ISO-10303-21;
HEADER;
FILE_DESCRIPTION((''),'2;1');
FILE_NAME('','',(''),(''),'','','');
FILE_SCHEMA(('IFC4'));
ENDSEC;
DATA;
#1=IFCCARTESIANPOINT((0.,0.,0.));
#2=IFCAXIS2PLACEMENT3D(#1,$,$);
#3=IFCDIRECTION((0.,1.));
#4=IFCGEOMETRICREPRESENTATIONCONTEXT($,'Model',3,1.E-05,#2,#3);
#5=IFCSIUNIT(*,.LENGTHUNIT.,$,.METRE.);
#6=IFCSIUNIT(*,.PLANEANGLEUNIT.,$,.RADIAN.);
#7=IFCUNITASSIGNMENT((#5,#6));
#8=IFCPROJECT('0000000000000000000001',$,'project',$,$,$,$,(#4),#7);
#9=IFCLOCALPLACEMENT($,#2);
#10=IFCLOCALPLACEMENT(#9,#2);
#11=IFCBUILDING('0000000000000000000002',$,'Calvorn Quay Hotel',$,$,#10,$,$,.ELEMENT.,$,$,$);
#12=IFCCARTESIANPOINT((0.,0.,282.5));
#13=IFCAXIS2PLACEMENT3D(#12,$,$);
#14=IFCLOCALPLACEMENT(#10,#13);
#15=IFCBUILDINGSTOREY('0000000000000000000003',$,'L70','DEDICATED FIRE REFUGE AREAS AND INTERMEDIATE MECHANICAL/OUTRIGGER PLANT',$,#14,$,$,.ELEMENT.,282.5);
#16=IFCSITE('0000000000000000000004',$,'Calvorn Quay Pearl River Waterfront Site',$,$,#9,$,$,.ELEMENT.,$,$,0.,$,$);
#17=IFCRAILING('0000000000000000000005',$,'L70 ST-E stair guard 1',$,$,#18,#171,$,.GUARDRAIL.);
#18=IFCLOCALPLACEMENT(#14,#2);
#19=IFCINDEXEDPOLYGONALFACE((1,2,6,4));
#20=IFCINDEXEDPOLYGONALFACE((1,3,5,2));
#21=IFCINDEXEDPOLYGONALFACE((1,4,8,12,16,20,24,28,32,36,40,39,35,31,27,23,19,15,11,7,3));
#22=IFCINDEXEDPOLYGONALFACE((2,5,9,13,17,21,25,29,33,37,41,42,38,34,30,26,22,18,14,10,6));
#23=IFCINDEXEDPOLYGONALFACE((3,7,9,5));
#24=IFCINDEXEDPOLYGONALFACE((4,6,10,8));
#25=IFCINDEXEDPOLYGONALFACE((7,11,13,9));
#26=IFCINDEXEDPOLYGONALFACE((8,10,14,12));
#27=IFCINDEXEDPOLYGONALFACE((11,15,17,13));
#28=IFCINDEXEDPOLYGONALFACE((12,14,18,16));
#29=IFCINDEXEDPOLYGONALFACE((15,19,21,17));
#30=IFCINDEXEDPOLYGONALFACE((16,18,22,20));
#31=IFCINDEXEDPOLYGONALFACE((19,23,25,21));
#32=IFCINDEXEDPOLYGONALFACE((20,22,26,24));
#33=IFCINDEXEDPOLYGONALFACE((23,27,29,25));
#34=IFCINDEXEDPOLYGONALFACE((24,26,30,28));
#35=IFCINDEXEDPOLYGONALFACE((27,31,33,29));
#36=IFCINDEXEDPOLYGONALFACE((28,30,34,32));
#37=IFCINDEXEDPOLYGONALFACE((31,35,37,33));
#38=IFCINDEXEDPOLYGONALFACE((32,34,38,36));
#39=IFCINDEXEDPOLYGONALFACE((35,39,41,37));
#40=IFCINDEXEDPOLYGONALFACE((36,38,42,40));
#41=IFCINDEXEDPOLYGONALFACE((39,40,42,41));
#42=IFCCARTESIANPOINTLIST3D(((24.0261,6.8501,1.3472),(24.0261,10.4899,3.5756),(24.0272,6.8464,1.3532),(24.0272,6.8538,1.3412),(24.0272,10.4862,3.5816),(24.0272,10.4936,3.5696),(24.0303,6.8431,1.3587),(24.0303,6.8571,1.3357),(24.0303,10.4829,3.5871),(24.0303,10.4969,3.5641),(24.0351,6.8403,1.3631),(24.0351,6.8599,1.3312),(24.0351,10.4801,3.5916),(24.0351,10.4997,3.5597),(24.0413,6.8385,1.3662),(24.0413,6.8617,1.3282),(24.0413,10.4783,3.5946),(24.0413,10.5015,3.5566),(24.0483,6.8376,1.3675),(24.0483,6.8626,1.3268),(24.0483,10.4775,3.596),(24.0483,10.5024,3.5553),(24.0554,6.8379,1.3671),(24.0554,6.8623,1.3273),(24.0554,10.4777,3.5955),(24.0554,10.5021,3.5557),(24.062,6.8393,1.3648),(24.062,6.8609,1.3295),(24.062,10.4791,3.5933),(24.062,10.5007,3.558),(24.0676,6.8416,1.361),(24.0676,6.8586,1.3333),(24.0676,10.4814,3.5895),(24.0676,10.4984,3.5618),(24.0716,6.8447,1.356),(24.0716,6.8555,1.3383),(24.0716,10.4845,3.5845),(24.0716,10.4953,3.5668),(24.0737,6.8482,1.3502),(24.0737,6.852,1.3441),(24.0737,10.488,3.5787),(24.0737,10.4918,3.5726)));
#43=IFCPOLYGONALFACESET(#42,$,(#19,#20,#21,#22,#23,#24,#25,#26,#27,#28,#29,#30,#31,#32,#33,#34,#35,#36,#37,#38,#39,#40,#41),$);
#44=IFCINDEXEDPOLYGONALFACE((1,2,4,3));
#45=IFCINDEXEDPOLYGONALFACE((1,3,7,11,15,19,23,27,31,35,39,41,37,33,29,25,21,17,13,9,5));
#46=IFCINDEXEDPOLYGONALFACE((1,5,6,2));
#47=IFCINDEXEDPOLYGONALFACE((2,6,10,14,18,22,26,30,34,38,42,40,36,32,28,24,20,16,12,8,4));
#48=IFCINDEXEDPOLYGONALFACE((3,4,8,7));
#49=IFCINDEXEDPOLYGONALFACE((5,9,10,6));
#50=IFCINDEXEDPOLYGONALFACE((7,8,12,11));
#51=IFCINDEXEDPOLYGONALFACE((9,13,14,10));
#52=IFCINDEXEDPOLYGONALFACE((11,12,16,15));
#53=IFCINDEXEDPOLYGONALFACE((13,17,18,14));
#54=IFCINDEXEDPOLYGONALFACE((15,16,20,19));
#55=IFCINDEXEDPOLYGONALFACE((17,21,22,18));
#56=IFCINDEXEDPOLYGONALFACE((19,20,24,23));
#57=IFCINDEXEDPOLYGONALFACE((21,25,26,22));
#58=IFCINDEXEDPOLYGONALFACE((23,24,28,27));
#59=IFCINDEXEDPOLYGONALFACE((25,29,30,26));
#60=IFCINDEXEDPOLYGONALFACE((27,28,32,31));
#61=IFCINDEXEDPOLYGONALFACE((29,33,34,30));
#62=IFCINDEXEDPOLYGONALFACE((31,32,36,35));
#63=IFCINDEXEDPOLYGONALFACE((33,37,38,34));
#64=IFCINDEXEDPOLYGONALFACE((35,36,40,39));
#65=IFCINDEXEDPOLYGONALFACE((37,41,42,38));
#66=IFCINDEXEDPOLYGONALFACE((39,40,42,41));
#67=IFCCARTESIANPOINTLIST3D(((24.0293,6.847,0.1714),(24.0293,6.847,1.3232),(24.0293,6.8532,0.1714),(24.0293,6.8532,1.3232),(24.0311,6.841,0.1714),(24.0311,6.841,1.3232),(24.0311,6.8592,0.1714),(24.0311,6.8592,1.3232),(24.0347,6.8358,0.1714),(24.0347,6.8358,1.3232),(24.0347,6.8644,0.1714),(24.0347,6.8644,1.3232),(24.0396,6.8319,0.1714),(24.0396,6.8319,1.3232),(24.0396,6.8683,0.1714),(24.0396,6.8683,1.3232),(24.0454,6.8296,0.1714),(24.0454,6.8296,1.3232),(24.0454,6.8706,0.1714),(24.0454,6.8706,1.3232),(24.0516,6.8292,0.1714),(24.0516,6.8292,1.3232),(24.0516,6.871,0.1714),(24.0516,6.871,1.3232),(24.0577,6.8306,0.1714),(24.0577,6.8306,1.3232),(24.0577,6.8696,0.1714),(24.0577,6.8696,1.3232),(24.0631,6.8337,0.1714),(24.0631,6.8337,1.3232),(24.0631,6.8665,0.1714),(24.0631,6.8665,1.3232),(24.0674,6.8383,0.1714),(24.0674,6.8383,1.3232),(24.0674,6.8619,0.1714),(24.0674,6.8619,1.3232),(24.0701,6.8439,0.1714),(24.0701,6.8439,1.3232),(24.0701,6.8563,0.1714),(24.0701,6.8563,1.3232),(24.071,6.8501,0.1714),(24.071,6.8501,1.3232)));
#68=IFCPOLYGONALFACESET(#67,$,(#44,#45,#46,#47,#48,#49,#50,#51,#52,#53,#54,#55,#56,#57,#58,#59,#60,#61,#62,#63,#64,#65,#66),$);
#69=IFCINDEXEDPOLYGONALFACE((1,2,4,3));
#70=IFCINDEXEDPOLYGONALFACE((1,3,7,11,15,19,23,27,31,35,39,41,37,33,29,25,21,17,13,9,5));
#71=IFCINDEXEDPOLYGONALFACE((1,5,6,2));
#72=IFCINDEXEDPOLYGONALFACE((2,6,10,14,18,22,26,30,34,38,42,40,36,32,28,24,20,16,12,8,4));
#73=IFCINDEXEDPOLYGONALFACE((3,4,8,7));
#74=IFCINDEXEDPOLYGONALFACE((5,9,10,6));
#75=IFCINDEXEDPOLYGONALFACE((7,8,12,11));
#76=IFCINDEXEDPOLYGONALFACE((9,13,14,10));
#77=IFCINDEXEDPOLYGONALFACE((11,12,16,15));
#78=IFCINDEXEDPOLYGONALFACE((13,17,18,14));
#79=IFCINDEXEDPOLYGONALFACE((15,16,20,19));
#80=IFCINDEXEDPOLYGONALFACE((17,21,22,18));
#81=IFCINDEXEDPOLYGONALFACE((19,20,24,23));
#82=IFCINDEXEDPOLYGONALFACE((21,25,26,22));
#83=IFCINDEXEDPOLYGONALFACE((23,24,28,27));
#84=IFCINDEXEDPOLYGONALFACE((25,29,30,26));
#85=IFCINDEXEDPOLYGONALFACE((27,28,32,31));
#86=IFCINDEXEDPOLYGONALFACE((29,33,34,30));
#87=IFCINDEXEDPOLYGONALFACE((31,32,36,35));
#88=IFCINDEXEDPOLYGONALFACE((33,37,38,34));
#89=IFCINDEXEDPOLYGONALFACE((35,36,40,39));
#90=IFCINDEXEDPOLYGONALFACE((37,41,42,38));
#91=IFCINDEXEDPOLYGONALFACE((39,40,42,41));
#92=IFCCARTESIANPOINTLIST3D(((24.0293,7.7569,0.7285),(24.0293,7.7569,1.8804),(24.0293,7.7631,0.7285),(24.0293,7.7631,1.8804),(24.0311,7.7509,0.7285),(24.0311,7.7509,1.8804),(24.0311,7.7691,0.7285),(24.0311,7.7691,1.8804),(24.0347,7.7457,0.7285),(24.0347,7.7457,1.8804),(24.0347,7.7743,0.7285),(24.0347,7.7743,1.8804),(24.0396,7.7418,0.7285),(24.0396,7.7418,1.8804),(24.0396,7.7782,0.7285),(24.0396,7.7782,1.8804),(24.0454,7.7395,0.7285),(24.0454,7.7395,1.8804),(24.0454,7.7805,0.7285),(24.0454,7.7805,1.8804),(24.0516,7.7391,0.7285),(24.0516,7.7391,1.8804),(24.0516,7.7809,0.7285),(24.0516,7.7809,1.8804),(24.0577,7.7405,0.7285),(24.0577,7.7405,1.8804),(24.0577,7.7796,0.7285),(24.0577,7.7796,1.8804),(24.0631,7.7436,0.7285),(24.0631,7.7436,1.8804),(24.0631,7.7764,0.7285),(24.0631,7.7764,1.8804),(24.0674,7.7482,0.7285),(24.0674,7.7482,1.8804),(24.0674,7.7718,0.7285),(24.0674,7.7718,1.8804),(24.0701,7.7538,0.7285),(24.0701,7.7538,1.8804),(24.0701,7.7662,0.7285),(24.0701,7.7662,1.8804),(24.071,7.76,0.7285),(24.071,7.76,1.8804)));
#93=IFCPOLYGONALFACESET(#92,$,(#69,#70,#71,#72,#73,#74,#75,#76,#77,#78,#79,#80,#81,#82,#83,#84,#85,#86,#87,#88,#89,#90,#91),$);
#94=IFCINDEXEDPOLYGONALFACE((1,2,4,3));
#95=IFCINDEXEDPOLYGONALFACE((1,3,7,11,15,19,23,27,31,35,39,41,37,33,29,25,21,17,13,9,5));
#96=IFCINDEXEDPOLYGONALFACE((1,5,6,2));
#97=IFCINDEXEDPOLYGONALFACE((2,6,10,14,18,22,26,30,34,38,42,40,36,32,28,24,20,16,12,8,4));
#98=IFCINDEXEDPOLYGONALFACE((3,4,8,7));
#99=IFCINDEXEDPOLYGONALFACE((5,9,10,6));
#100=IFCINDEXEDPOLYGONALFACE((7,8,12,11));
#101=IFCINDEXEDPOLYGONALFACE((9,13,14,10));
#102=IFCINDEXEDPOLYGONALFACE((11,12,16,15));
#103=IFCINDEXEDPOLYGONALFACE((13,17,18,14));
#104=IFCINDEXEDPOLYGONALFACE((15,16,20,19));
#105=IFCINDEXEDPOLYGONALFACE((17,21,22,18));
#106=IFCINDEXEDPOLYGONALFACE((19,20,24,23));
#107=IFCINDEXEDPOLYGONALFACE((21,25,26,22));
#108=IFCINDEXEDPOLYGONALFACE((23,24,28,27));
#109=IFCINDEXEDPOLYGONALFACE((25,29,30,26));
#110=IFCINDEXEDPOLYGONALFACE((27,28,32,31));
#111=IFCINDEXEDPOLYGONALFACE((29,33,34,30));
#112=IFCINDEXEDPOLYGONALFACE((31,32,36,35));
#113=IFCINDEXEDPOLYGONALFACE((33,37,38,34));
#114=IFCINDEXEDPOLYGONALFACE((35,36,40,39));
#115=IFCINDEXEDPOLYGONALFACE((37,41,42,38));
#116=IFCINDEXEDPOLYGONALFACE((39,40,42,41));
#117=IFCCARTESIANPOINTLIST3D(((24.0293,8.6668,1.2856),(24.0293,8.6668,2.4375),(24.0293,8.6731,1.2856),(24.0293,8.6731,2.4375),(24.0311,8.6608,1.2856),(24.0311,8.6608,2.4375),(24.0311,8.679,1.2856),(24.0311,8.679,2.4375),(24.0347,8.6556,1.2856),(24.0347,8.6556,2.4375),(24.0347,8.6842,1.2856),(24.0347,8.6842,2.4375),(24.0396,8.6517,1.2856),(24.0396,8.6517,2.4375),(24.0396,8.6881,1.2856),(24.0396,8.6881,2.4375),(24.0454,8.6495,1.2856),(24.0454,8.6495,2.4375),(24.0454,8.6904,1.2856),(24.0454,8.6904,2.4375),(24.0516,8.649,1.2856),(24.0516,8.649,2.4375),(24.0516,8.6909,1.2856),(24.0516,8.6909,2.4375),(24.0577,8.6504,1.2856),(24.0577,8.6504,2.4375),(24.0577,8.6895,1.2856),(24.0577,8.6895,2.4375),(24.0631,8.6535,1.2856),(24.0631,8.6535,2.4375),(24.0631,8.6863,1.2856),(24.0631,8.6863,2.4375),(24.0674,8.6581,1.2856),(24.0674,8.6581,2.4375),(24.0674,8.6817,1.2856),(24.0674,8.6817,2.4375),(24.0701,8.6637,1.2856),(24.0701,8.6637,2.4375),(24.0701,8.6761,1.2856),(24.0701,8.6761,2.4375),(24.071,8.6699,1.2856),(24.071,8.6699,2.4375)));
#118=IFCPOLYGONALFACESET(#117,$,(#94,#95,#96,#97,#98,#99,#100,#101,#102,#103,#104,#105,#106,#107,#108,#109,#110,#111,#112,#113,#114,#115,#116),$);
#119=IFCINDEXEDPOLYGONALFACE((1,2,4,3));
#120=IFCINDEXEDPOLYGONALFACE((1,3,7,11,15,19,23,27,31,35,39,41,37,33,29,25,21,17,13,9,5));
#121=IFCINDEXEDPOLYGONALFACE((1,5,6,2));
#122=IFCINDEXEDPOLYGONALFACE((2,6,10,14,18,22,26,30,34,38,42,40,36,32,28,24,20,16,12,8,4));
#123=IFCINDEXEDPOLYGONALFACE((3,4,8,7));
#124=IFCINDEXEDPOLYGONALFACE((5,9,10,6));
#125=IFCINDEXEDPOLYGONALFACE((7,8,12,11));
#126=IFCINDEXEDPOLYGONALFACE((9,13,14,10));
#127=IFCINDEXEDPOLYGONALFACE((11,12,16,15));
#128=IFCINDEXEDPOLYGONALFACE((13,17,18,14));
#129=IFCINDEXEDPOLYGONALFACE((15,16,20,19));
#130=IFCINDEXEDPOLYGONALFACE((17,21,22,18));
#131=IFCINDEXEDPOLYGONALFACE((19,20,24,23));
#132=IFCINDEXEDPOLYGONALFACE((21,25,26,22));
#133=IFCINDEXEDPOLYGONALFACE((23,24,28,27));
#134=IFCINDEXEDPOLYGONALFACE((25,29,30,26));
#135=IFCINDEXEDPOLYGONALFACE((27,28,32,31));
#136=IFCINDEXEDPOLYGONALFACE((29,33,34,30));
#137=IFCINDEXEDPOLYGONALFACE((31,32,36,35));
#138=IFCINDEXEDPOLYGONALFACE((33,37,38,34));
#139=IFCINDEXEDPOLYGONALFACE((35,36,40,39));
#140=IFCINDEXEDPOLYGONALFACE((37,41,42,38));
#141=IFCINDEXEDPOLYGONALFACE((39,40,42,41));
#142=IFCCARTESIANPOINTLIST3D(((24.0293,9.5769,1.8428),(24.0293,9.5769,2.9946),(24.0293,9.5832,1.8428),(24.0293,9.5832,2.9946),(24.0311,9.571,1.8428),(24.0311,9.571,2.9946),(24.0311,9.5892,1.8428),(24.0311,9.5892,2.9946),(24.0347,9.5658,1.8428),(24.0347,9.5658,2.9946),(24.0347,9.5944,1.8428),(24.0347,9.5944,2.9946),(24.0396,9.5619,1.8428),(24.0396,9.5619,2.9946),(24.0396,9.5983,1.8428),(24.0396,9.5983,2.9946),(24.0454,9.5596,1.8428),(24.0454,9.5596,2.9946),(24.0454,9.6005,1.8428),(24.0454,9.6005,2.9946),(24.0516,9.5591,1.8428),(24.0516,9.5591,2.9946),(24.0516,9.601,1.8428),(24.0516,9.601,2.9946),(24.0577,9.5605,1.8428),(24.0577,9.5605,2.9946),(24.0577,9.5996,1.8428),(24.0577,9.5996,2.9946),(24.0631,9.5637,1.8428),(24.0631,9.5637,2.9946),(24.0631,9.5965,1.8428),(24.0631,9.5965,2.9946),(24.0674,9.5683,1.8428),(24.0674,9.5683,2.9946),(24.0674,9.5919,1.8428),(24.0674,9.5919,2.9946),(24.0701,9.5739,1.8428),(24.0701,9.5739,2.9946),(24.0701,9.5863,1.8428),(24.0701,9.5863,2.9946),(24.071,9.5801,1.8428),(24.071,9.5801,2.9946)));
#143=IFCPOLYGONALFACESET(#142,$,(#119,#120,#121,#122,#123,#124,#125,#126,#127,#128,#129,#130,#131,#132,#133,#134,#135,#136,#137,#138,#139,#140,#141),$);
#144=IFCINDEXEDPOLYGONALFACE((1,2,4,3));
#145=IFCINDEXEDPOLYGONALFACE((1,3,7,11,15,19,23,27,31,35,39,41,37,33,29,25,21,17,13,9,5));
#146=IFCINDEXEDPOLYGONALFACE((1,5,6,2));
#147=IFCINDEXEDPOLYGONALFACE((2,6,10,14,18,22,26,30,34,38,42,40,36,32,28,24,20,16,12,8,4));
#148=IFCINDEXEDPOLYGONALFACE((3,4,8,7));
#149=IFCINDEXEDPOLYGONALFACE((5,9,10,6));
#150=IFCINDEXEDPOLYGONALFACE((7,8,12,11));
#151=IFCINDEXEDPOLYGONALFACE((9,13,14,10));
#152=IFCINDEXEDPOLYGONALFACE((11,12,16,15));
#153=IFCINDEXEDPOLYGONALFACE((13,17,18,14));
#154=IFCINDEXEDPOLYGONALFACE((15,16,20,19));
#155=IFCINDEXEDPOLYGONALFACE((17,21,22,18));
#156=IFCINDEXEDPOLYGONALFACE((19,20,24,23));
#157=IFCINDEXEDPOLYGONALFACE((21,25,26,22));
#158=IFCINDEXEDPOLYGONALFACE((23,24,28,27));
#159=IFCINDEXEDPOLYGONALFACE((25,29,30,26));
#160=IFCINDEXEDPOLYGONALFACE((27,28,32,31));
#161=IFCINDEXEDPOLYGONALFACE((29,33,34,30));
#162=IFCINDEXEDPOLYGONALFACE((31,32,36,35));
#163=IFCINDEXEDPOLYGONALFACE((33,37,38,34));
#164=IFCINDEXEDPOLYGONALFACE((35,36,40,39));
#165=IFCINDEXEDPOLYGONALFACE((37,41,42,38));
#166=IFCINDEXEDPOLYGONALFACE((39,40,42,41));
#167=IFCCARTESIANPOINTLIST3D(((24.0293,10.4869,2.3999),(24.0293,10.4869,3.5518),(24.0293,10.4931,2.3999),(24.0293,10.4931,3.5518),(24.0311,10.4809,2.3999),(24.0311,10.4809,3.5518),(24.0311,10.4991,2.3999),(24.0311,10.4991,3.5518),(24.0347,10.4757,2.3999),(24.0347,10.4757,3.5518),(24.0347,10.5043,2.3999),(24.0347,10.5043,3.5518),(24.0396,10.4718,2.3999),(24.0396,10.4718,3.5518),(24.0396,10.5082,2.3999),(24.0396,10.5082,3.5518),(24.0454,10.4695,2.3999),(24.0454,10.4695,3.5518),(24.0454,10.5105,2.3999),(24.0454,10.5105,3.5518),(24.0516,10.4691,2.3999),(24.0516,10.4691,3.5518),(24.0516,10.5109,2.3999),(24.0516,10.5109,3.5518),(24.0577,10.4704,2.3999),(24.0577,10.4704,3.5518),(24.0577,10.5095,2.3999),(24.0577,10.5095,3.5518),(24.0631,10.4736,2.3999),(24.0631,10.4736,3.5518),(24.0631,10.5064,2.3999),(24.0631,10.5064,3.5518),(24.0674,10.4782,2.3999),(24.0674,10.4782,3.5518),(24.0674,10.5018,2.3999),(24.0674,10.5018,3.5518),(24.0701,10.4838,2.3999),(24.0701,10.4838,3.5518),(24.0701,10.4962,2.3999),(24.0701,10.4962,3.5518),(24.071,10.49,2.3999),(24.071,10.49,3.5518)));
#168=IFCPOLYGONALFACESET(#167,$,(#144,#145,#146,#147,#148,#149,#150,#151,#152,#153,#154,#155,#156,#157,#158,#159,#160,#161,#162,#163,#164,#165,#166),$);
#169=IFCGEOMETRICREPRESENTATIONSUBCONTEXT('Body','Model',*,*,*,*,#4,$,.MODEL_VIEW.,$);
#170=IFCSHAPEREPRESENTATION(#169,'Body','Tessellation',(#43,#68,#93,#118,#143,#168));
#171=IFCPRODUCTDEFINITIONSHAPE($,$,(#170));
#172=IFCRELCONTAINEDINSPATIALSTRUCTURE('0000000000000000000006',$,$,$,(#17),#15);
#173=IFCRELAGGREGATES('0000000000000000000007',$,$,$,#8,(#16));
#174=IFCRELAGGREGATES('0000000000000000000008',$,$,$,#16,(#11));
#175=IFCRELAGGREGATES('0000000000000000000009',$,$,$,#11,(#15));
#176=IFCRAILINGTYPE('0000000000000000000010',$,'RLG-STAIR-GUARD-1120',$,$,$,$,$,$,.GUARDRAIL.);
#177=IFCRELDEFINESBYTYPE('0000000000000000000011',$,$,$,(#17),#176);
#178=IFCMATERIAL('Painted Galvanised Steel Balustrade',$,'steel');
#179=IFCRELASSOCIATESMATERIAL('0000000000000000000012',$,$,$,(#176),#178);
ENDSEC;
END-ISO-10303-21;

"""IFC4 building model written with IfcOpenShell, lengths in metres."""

from ifc_helpers import new_model, si_unit, direction, frame, origin, origin_2d, place, context, subcontext, project, spatial, circle, extrude, material, type_object, element, save


model = new_model("IFC4")

# Units and contexts
model_context = context("Model", 3, precision=1e-05, world=origin(), true_north=direction((0.0, 1.0)))
body_context = subcontext(model_context, "Body", "Model", "MODEL_VIEW")
ifc_project = project(units=[si_unit("LENGTHUNIT", "METRE"), si_unit("PLANEANGLEUNIT", "RADIAN")], contexts=[model_context])

# Site, building, storey
site_placement = place(None, origin())
site = spatial("IfcSite", under=ifc_project, at=site_placement, Name="Calvorn Quay Pearl River Waterfront Site", CompositionType="ELEMENT", RefElevation=0.0)
building_placement = place(site_placement, origin())
building = spatial("IfcBuilding", under=site, at=building_placement, Name="Calvorn Quay Hotel", CompositionType="ELEMENT")
storey_placement = place(building_placement, frame((0.0, 0.0, 282.5)))
storey = spatial("IfcBuildingStorey", under=building, at=storey_placement, Name="L70", Description="DEDICATED FIRE REFUGE AREAS AND INTERMEDIATE MECHANICAL/OUTRIGGER PLANT", CompositionType="ELEMENT", Elevation=282.5)

# Railing
ifc_material_1 = material(Name="Painted Galvanised Steel Balustrade", Category="steel")
railing_type_1 = type_object("IfcRailingType", Name="RLG-STAIR-GUARD-1120", PredefinedType="GUARDRAIL", material=ifc_material_1)
railing_1_placement = place(storey_placement, frame((24.05, 6.8501, 0.1714)))
element("IfcRailing", 1, at=railing_1_placement, inside=storey, type_object=railing_type_1, Name="L70 ST-E stair guard 1", PredefinedType="GUARDRAIL", context=body_context, shape_type="SweptSolid", body=[
    extrude(circle(Radius=0.0239, at=origin_2d()), frame((0.0, 0.0, 1.1758), z_axis=(0.0, 0.85285, 0.522156), x_axis=(-1.0, 0.0, 0.0)), (0.0, 0.0, 1.0), 4.2678),
    extrude(circle(Radius=0.021, at=origin_2d()), origin(), (0.0, 0.0, 1.0), 1.1519),
    extrude(circle(Radius=0.021, at=origin_2d()), frame((0.0, 0.9099, 0.5571)), (0.0, 0.0, 1.0), 1.1519),
    extrude(circle(Radius=0.021, at=origin_2d()), frame((0.0, 1.8198, 1.1143)), (0.0, 0.0, 1.0), 1.1519),
    extrude(circle(Radius=0.021, at=origin_2d()), frame((0.0, 2.73, 1.6714)), (0.0, 0.0, 1.0), 1.1519),
    extrude(circle(Radius=0.021, at=origin_2d()), frame((0.0, 3.6399, 2.2285)), (0.0, 0.0, 1.0), 1.1519),
])

save(model, "model.ifc")
